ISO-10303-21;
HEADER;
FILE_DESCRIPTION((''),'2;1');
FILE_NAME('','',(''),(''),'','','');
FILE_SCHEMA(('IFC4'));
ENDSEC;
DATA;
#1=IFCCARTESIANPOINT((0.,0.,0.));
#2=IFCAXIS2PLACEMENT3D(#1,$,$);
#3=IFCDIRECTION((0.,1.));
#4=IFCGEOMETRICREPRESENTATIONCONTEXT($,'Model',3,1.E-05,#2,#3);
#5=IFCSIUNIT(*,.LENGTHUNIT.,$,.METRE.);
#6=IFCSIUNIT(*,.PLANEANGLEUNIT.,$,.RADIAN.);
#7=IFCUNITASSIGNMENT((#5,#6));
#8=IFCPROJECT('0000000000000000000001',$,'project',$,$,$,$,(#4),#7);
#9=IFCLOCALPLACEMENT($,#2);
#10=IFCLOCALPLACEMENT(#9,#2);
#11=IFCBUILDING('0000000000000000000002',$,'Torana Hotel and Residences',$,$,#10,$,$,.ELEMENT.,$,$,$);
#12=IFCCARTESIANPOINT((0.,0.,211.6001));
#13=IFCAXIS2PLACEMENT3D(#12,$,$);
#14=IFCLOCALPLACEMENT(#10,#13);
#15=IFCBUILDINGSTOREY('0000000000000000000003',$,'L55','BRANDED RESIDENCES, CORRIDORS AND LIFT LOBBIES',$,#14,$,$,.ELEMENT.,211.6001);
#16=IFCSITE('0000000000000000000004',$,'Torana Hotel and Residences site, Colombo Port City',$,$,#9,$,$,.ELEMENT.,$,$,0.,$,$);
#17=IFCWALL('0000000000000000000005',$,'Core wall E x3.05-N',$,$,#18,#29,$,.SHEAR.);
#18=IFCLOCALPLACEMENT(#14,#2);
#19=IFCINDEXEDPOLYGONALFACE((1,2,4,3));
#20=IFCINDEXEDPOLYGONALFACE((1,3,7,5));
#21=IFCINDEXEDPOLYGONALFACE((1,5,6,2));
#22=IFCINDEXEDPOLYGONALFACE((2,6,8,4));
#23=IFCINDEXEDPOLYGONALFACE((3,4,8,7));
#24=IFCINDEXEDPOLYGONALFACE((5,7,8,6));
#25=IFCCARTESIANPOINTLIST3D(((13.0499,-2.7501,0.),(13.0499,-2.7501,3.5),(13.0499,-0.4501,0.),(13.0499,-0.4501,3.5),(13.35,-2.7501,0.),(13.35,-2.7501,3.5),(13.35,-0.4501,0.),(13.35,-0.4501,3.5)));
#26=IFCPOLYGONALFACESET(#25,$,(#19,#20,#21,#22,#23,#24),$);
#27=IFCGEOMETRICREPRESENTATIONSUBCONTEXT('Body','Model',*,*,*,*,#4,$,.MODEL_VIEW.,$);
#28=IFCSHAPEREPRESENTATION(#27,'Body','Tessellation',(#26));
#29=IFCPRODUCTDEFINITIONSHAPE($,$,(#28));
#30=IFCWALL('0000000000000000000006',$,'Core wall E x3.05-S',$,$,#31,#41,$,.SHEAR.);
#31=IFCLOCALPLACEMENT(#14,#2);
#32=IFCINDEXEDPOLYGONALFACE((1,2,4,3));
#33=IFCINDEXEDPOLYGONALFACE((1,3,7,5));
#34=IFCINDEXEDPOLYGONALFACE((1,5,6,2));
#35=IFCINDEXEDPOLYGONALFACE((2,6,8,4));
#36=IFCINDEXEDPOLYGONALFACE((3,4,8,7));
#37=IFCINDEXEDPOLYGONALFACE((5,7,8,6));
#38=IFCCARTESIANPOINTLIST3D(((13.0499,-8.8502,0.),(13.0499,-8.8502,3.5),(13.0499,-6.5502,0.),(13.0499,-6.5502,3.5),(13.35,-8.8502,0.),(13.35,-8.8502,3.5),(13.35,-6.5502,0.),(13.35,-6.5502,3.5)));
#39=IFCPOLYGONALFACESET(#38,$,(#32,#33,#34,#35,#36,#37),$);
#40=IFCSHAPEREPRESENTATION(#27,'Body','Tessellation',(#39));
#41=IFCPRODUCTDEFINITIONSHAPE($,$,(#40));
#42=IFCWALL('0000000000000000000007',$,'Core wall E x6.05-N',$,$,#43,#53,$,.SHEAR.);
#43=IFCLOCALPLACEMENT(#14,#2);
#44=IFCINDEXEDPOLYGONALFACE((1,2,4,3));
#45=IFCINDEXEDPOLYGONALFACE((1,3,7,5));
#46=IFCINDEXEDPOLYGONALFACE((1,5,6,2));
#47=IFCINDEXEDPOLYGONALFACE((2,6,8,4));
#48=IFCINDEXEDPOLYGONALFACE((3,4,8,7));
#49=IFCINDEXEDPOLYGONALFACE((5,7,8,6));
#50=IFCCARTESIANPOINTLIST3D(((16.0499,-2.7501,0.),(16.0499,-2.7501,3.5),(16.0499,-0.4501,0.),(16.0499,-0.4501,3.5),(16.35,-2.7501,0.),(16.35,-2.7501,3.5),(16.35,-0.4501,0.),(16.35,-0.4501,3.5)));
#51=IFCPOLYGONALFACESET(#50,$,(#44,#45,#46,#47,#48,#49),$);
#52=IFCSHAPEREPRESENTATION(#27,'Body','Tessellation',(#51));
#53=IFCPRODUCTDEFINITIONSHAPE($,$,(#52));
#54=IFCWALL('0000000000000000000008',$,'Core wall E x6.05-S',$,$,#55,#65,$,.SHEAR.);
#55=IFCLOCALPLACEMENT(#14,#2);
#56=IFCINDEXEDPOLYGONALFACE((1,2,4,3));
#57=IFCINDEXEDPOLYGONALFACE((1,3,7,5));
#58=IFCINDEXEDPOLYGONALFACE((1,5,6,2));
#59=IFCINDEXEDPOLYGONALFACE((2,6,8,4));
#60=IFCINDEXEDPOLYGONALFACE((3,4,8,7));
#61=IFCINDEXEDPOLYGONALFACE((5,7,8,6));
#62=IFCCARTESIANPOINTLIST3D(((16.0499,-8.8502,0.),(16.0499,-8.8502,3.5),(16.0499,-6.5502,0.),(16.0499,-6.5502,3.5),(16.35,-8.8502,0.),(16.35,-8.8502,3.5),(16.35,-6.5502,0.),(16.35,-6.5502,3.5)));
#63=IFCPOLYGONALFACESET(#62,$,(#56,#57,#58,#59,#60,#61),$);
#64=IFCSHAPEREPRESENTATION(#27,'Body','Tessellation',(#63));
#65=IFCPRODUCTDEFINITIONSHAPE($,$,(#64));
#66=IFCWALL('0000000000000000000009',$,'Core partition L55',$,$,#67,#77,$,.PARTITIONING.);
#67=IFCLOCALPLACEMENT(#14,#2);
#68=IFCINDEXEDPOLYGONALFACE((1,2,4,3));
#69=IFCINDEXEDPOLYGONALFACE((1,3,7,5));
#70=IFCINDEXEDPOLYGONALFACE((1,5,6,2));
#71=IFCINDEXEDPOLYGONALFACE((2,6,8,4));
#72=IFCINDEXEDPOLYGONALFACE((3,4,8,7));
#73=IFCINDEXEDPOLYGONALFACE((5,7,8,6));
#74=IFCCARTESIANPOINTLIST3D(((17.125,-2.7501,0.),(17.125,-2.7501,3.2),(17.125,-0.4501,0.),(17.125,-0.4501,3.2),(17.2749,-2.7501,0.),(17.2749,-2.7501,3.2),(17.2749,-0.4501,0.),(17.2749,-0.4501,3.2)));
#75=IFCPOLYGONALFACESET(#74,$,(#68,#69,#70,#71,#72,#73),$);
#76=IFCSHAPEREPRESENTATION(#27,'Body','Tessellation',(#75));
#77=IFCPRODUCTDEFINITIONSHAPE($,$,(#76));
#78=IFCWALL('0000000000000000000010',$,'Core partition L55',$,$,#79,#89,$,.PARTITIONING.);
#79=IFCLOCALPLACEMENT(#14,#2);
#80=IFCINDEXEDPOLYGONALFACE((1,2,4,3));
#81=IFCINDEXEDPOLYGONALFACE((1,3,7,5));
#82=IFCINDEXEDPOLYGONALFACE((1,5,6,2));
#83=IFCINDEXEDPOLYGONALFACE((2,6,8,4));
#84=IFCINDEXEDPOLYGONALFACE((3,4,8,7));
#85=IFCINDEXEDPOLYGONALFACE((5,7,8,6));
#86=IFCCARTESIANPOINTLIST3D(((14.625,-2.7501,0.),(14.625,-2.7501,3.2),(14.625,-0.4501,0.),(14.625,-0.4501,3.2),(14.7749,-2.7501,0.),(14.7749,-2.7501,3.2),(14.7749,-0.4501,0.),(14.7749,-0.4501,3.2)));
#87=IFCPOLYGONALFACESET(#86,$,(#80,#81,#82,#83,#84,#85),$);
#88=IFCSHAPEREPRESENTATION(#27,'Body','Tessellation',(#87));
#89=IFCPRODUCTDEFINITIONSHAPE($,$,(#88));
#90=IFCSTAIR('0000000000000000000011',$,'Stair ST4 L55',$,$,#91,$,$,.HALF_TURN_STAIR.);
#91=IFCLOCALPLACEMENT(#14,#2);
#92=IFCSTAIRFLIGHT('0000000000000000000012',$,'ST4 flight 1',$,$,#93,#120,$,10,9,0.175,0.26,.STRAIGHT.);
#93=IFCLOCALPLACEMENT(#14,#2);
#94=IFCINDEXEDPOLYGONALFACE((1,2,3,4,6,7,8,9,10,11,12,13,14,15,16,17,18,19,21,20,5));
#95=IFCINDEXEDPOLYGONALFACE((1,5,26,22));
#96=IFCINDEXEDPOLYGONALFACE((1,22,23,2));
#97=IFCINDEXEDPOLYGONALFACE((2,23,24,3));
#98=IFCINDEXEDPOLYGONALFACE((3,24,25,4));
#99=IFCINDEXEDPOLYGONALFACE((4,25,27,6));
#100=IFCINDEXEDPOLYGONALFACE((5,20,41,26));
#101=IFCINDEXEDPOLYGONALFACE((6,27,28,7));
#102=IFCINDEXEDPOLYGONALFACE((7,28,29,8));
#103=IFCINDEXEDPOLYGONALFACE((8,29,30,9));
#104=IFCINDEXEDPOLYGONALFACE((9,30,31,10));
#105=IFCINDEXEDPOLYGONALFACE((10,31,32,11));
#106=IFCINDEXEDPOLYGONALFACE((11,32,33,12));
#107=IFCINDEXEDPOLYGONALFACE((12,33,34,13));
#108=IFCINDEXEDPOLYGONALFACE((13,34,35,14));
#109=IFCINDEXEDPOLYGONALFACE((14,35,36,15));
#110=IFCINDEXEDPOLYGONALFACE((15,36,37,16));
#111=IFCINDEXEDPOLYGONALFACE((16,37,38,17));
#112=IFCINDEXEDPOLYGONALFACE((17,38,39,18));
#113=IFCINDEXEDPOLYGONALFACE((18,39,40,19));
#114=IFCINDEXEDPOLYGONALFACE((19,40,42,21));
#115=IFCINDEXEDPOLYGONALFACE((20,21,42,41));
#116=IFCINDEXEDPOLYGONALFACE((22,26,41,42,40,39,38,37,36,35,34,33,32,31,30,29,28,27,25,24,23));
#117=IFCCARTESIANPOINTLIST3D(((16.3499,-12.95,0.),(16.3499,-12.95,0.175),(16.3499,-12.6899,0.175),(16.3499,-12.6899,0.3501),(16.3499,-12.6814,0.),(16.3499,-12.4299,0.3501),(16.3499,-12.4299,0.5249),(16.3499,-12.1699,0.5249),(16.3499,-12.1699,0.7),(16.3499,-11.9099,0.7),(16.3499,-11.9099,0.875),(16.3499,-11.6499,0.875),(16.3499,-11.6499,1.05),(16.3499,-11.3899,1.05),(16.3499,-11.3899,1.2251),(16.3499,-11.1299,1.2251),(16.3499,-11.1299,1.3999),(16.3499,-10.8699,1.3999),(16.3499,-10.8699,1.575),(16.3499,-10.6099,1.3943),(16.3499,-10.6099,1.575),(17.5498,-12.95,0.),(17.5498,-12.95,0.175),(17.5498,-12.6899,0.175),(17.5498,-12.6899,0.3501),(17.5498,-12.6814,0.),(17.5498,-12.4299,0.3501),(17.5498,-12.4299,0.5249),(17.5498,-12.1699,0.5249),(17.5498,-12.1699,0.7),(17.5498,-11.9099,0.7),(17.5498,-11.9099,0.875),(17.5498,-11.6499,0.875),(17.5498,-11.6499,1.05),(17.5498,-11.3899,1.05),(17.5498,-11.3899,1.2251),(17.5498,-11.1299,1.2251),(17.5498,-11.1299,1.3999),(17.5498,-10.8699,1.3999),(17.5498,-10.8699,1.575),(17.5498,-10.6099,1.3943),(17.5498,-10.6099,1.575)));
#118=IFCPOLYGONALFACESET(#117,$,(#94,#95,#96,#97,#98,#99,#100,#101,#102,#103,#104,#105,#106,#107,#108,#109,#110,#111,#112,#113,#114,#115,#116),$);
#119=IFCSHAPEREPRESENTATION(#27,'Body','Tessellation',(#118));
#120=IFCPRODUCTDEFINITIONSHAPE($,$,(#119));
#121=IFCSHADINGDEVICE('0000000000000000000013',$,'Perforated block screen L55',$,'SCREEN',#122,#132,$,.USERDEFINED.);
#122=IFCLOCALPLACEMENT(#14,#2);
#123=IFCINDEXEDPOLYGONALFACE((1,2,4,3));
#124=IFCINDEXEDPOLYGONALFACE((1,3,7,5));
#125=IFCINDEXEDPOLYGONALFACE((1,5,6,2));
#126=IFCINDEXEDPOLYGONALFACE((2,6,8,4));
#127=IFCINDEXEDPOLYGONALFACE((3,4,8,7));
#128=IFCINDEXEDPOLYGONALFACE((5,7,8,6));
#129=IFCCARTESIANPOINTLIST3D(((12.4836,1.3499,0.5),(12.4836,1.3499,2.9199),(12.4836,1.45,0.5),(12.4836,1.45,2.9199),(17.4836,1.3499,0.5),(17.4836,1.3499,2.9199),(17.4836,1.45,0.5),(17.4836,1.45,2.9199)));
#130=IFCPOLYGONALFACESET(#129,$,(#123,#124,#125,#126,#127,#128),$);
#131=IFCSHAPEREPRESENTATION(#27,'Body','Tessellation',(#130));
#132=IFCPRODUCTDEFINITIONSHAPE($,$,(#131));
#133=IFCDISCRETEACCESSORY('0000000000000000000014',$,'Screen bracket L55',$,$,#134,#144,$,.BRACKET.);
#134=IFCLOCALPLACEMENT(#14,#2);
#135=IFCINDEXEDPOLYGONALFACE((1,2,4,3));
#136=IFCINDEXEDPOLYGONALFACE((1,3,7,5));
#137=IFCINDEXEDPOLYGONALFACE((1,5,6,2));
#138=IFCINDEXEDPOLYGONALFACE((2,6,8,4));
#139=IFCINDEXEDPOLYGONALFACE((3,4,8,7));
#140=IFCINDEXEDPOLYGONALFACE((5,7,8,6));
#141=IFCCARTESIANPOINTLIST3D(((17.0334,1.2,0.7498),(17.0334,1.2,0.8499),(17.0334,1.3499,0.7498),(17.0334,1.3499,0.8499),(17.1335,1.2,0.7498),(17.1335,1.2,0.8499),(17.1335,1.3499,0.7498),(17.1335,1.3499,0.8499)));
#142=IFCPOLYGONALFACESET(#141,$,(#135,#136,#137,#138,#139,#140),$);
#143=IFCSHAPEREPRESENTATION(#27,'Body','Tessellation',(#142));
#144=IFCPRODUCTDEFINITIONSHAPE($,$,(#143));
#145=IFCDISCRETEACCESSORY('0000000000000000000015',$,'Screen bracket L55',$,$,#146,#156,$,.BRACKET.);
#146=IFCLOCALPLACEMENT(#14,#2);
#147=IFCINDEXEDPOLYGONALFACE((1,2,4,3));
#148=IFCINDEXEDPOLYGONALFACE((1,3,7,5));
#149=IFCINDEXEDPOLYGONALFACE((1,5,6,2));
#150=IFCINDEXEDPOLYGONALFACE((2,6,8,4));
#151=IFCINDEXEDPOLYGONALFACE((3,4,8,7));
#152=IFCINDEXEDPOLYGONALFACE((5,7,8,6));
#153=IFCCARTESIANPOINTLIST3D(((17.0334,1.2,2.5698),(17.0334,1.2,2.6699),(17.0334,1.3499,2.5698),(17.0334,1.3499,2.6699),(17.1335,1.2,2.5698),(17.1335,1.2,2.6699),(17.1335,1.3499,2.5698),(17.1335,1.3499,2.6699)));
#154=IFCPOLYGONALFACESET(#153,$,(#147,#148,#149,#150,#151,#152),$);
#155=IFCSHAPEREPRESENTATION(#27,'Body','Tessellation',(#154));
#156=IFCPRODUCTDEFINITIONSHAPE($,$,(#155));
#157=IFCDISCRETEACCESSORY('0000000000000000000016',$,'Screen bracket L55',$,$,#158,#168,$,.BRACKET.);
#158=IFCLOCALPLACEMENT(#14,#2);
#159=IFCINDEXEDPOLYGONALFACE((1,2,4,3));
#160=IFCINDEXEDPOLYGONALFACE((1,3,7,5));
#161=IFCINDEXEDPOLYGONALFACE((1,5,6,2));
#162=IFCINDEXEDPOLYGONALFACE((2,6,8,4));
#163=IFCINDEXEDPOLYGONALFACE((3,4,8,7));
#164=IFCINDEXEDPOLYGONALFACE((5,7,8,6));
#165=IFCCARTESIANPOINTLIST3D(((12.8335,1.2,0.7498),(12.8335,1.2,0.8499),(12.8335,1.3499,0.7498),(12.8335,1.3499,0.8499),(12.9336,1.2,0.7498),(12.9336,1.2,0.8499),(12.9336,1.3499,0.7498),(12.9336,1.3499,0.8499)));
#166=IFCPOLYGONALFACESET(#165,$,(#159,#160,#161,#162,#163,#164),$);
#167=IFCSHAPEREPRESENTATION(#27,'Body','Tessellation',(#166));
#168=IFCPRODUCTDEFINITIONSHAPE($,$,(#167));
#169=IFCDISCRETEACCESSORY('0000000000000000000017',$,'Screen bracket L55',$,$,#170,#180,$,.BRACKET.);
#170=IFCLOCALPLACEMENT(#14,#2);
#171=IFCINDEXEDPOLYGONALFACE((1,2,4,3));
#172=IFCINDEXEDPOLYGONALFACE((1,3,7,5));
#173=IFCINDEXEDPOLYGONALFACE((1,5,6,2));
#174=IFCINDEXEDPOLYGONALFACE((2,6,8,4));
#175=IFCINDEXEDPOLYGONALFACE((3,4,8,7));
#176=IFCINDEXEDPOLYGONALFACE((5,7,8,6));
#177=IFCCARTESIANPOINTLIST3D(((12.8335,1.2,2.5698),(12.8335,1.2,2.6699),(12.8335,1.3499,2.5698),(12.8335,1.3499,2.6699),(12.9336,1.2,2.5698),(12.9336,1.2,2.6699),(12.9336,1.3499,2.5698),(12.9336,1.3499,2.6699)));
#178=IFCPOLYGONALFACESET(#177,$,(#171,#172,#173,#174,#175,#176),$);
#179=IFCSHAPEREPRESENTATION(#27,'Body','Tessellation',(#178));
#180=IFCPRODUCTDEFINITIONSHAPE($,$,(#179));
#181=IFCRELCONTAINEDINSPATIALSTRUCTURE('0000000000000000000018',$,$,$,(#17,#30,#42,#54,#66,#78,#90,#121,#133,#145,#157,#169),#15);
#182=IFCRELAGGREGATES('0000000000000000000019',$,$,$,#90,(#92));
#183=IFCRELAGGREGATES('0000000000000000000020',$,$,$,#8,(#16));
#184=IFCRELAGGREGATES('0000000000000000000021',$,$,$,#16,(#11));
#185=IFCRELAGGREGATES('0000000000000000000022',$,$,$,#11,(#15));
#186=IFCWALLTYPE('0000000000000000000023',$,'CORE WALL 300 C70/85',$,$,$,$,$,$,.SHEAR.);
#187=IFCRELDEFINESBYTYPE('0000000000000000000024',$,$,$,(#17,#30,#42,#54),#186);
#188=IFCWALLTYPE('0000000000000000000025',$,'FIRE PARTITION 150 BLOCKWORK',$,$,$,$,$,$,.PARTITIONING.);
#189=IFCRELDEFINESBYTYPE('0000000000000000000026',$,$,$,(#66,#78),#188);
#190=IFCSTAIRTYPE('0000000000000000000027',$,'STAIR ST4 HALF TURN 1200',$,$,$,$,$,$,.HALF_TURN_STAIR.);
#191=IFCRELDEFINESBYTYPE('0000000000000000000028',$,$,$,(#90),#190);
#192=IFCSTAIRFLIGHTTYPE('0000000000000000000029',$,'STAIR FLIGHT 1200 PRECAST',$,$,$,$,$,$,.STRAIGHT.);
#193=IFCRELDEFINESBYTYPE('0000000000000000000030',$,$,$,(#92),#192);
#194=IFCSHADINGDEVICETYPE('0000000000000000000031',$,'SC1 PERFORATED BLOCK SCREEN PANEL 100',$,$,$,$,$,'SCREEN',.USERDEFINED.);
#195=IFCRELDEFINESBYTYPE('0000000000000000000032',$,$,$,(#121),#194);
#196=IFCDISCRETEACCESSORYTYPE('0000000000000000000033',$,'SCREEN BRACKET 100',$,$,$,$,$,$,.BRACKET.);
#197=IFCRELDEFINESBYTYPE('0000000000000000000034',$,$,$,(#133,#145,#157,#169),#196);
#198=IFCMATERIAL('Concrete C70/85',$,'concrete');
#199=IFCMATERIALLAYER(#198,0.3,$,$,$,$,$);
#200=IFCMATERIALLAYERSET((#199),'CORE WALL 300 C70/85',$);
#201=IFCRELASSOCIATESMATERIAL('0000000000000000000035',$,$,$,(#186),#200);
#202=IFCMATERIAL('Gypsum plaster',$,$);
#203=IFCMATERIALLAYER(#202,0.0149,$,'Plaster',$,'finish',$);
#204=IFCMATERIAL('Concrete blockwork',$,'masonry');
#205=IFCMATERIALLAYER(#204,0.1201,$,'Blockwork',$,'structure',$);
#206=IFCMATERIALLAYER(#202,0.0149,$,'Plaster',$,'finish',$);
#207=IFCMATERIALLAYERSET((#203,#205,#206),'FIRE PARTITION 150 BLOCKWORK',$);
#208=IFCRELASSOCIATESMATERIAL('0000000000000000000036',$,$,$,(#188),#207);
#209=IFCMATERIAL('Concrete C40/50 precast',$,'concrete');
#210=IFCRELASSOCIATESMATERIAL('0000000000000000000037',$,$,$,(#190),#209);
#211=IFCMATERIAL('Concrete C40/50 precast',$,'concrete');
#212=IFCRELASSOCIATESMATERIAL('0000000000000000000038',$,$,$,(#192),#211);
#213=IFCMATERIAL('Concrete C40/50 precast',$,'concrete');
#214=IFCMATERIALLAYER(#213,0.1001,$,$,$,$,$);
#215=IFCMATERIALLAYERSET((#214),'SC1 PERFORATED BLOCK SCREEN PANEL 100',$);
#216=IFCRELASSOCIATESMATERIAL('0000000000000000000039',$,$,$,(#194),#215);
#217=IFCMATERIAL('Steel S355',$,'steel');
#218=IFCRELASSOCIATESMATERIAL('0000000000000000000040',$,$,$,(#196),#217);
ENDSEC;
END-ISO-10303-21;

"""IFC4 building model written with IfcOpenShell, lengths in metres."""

from ifc_helpers import new_model, si_unit, direction, frame, frame_2d, origin, origin_2d, place, context, subcontext, project, spatial, polyline, rectangle, outline, extrude, material, layer, layer_set, type_object, element, aggregate, save


model = new_model("IFC4")

# Units and contexts
model_context = context("Model", 3, precision=1e-05, world=origin(), true_north=direction((0.0, 1.0)))
body_context = subcontext(model_context, "Body", "Model", "MODEL_VIEW")
ifc_project = project(units=[si_unit("LENGTHUNIT", "METRE"), si_unit("PLANEANGLEUNIT", "RADIAN")], contexts=[model_context])

# Site, building, storey
site_placement = place(None, origin())
site = spatial("IfcSite", under=ifc_project, at=site_placement, Name="Torana Hotel and Residences site, Colombo Port City", CompositionType="ELEMENT", RefElevation=0.0)
building_placement = place(site_placement, origin())
building = spatial("IfcBuilding", under=site, at=building_placement, Name="Torana Hotel and Residences", CompositionType="ELEMENT")
storey_placement = place(building_placement, frame((0.0, 0.0, 211.6001)))
storey = spatial("IfcBuildingStorey", under=building, at=storey_placement, Name="L55", Description="BRANDED RESIDENCES, CORRIDORS AND LIFT LOBBIES", CompositionType="ELEMENT", Elevation=211.6001)

# Walls
ifc_material_1 = material(Name="Concrete C70/85", Category="concrete")
ifc_layer_1 = layer(ifc_material_1, 0.3)
ifc_layer_set_1 = layer_set([ifc_layer_1], Name="CORE WALL 300 C70/85")
wall_type_1 = type_object("IfcWallType", Name="CORE WALL 300 C70/85", PredefinedType="SHEAR", material=ifc_layer_set_1)
for number, where, z_axis, x_axis, name in (
    (1, (13.2, -2.75, 0.0), (0.0, 0.0, 1.0), (0.0, 1.0, 0.0), "Core wall E x3.05-N"),
    (2, (13.2, -8.8501, 0.0), (0.0, 0.0, 1.0), (0.0, 1.0, 0.0), "Core wall E x3.05-S"),
    (3, (16.2, -2.75, 0.0), (0.0, 0.0, 1.0), (0.0, 1.0, 0.0), "Core wall E x6.05-N"),
    (4, (16.2, -8.8501, 0.0), (0.0, 0.0, 1.0), (0.0, 1.0, 0.0), "Core wall E x6.05-S"),
):
    element("IfcWall", number, at=place(storey_placement, frame(where, z_axis=z_axis, x_axis=x_axis)), inside=storey, type_object=wall_type_1, Name=name, PredefinedType="SHEAR", context=body_context, shape_type="SweptSolid", body=[
        extrude(rectangle(XDim=2.3, YDim=0.3, at=frame_2d((1.1499, 0.0))), origin(), (0.0, 0.0, 1.0), 3.5),
    ])
ifc_material_2 = material(Name="Gypsum plaster")
ifc_layer_2 = layer(ifc_material_2, 0.0149, Name="Plaster", Category="finish")
ifc_material_3 = material(Name="Concrete blockwork", Category="masonry")
ifc_layer_3 = layer(ifc_material_3, 0.1201, Name="Blockwork", Category="structure")
ifc_layer_4 = layer(ifc_material_2, 0.0149, Name="Plaster", Category="finish")
ifc_layer_set_2 = layer_set([ifc_layer_2, ifc_layer_3, ifc_layer_4], Name="FIRE PARTITION 150 BLOCKWORK")
wall_type_2 = type_object("IfcWallType", Name="FIRE PARTITION 150 BLOCKWORK", PredefinedType="PARTITIONING", material=ifc_layer_set_2)
for number, where, z_axis, x_axis, name in (
    (5, (17.2, -2.75, 0.0), (0.0, 0.0, 1.0), (0.0, 1.0, 0.0), "Core partition L55"),
    (6, (14.7, -2.75, 0.0), (0.0, 0.0, 1.0), (0.0, 1.0, 0.0), "Core partition L55"),
):
    element("IfcWall", number, at=place(storey_placement, frame(where, z_axis=z_axis, x_axis=x_axis)), inside=storey, type_object=wall_type_2, Name=name, PredefinedType="PARTITIONING", context=body_context, shape_type="SweptSolid", body=[
        extrude(rectangle(XDim=2.3, YDim=0.1499, at=frame_2d((1.1499, 0.0))), origin(), (0.0, 0.0, 1.0), 3.2),
    ])

# Stair, stair flight
ifc_material_4 = material(Name="Concrete C40/50 precast", Category="concrete")
stair_type = type_object("IfcStairType", Name="STAIR ST4 HALF TURN 1200", PredefinedType="HALF_TURN_STAIR", material=ifc_material_4)
stair_placement = place(storey_placement, origin())
stair = element("IfcStair", 7, at=stair_placement, inside=storey, type_object=stair_type, Name="Stair ST4 L55", PredefinedType="HALF_TURN_STAIR")
ifc_material_5 = material(Name="Concrete C40/50 precast", Category="concrete")
stair_flight_type = type_object("IfcStairFlightType", Name="STAIR FLIGHT 1200 PRECAST", PredefinedType="STRAIGHT", material=ifc_material_5)
stair_flight_placement = place(storey_placement, frame((16.95, -12.95, 0.0), z_axis=(0.0, 0.0, 1.0), x_axis=(0.0, 1.0, 0.0)))
stair_flight = element("IfcStairFlight", 8, at=stair_flight_placement, type_object=stair_flight_type, Name="ST4 flight 1", NumberOfRisers=10, NumberOfTreads=9, PredefinedType="STRAIGHT", RiserHeight=0.175, TreadLength=0.26, context=body_context, shape_type="SweptSolid", body=[
    extrude(outline(polyline([(0.0, 0.0), (0.0, 0.175), (0.26, 0.175), (0.26, 0.3501), (0.52, 0.3501), (0.52, 0.5249), (0.78, 0.5249), (0.78, 0.7), (1.04, 0.7), (1.04, 0.875), (1.3, 0.875), (1.3, 1.05), (1.5601, 1.05), (1.5601, 1.2251), (1.8201, 1.2251), (1.8201, 1.3999), (2.0801, 1.3999), (2.0801, 1.575), (2.3401, 1.575), (2.3401, 1.75), (2.3401, 1.3943), (0.2686, 0.0), (0.0, 0.0)])), frame((0.0, 0.6001, 0.0), z_axis=(0.0, -1.0, 0.0), x_axis=(1.0, 0.0, 0.0)), (0.0, 0.0, 1.0), 1.2),
])
aggregate(stair, [stair_flight])

# Shading device
ifc_material_6 = material(Name="Concrete C40/50 precast", Category="concrete")
ifc_layer_5 = layer(ifc_material_6, 0.1001)
ifc_layer_set_3 = layer_set([ifc_layer_5], Name="SC1 PERFORATED BLOCK SCREEN PANEL 100")
shading_device_type = type_object("IfcShadingDeviceType", Name="SC1 PERFORATED BLOCK SCREEN PANEL 100", ElementType="SCREEN", PredefinedType="USERDEFINED", material=ifc_layer_set_3)
shading_device_placement = place(storey_placement, frame((14.9836, 1.3999, 0.5), z_axis=(0.0, 0.0, 1.0), x_axis=(-1.0, 0.0, 0.0)))
element("IfcShadingDevice", 9, at=shading_device_placement, inside=storey, type_object=shading_device_type, Name="Perforated block screen L55", ObjectType="SCREEN", PredefinedType="USERDEFINED", context=body_context, shape_type="SweptSolid", body=[
    extrude(rectangle(XDim=5.0, YDim=0.1001, at=origin_2d()), origin(), (0.0, 0.0, 1.0), 2.4199),
])

# Discrete accessories
ifc_material_7 = material(Name="Steel S355", Category="steel")
discrete_accessory_type = type_object("IfcDiscreteAccessoryType", Name="SCREEN BRACKET 100", PredefinedType="BRACKET", material=ifc_material_7)
for number, where, z_axis, x_axis, name in (
    (10, (17.0835, 1.2749, 0.7498), (0.0, 0.0, 1.0), (-1.0, 0.0, 0.0), "Screen bracket L55"),
    (11, (17.0835, 1.2749, 2.5698), (0.0, 0.0, 1.0), (-1.0, 0.0, 0.0), "Screen bracket L55"),
    (12, (12.8835, 1.2749, 0.7498), (0.0, 0.0, 1.0), (-1.0, 0.0, 0.0), "Screen bracket L55"),
    (13, (12.8835, 1.2749, 2.5698), (0.0, 0.0, 1.0), (-1.0, 0.0, 0.0), "Screen bracket L55"),
):
    element("IfcDiscreteAccessory", number, at=place(storey_placement, frame(where, z_axis=z_axis, x_axis=x_axis)), inside=storey, type_object=discrete_accessory_type, Name=name, PredefinedType="BRACKET", context=body_context, shape_type="SweptSolid", body=[
        extrude(rectangle(XDim=0.1001, YDim=0.1499, at=origin_2d()), origin(), (0.0, 0.0, 1.0), 0.1001),
    ])

save(model, "model.ifc")
